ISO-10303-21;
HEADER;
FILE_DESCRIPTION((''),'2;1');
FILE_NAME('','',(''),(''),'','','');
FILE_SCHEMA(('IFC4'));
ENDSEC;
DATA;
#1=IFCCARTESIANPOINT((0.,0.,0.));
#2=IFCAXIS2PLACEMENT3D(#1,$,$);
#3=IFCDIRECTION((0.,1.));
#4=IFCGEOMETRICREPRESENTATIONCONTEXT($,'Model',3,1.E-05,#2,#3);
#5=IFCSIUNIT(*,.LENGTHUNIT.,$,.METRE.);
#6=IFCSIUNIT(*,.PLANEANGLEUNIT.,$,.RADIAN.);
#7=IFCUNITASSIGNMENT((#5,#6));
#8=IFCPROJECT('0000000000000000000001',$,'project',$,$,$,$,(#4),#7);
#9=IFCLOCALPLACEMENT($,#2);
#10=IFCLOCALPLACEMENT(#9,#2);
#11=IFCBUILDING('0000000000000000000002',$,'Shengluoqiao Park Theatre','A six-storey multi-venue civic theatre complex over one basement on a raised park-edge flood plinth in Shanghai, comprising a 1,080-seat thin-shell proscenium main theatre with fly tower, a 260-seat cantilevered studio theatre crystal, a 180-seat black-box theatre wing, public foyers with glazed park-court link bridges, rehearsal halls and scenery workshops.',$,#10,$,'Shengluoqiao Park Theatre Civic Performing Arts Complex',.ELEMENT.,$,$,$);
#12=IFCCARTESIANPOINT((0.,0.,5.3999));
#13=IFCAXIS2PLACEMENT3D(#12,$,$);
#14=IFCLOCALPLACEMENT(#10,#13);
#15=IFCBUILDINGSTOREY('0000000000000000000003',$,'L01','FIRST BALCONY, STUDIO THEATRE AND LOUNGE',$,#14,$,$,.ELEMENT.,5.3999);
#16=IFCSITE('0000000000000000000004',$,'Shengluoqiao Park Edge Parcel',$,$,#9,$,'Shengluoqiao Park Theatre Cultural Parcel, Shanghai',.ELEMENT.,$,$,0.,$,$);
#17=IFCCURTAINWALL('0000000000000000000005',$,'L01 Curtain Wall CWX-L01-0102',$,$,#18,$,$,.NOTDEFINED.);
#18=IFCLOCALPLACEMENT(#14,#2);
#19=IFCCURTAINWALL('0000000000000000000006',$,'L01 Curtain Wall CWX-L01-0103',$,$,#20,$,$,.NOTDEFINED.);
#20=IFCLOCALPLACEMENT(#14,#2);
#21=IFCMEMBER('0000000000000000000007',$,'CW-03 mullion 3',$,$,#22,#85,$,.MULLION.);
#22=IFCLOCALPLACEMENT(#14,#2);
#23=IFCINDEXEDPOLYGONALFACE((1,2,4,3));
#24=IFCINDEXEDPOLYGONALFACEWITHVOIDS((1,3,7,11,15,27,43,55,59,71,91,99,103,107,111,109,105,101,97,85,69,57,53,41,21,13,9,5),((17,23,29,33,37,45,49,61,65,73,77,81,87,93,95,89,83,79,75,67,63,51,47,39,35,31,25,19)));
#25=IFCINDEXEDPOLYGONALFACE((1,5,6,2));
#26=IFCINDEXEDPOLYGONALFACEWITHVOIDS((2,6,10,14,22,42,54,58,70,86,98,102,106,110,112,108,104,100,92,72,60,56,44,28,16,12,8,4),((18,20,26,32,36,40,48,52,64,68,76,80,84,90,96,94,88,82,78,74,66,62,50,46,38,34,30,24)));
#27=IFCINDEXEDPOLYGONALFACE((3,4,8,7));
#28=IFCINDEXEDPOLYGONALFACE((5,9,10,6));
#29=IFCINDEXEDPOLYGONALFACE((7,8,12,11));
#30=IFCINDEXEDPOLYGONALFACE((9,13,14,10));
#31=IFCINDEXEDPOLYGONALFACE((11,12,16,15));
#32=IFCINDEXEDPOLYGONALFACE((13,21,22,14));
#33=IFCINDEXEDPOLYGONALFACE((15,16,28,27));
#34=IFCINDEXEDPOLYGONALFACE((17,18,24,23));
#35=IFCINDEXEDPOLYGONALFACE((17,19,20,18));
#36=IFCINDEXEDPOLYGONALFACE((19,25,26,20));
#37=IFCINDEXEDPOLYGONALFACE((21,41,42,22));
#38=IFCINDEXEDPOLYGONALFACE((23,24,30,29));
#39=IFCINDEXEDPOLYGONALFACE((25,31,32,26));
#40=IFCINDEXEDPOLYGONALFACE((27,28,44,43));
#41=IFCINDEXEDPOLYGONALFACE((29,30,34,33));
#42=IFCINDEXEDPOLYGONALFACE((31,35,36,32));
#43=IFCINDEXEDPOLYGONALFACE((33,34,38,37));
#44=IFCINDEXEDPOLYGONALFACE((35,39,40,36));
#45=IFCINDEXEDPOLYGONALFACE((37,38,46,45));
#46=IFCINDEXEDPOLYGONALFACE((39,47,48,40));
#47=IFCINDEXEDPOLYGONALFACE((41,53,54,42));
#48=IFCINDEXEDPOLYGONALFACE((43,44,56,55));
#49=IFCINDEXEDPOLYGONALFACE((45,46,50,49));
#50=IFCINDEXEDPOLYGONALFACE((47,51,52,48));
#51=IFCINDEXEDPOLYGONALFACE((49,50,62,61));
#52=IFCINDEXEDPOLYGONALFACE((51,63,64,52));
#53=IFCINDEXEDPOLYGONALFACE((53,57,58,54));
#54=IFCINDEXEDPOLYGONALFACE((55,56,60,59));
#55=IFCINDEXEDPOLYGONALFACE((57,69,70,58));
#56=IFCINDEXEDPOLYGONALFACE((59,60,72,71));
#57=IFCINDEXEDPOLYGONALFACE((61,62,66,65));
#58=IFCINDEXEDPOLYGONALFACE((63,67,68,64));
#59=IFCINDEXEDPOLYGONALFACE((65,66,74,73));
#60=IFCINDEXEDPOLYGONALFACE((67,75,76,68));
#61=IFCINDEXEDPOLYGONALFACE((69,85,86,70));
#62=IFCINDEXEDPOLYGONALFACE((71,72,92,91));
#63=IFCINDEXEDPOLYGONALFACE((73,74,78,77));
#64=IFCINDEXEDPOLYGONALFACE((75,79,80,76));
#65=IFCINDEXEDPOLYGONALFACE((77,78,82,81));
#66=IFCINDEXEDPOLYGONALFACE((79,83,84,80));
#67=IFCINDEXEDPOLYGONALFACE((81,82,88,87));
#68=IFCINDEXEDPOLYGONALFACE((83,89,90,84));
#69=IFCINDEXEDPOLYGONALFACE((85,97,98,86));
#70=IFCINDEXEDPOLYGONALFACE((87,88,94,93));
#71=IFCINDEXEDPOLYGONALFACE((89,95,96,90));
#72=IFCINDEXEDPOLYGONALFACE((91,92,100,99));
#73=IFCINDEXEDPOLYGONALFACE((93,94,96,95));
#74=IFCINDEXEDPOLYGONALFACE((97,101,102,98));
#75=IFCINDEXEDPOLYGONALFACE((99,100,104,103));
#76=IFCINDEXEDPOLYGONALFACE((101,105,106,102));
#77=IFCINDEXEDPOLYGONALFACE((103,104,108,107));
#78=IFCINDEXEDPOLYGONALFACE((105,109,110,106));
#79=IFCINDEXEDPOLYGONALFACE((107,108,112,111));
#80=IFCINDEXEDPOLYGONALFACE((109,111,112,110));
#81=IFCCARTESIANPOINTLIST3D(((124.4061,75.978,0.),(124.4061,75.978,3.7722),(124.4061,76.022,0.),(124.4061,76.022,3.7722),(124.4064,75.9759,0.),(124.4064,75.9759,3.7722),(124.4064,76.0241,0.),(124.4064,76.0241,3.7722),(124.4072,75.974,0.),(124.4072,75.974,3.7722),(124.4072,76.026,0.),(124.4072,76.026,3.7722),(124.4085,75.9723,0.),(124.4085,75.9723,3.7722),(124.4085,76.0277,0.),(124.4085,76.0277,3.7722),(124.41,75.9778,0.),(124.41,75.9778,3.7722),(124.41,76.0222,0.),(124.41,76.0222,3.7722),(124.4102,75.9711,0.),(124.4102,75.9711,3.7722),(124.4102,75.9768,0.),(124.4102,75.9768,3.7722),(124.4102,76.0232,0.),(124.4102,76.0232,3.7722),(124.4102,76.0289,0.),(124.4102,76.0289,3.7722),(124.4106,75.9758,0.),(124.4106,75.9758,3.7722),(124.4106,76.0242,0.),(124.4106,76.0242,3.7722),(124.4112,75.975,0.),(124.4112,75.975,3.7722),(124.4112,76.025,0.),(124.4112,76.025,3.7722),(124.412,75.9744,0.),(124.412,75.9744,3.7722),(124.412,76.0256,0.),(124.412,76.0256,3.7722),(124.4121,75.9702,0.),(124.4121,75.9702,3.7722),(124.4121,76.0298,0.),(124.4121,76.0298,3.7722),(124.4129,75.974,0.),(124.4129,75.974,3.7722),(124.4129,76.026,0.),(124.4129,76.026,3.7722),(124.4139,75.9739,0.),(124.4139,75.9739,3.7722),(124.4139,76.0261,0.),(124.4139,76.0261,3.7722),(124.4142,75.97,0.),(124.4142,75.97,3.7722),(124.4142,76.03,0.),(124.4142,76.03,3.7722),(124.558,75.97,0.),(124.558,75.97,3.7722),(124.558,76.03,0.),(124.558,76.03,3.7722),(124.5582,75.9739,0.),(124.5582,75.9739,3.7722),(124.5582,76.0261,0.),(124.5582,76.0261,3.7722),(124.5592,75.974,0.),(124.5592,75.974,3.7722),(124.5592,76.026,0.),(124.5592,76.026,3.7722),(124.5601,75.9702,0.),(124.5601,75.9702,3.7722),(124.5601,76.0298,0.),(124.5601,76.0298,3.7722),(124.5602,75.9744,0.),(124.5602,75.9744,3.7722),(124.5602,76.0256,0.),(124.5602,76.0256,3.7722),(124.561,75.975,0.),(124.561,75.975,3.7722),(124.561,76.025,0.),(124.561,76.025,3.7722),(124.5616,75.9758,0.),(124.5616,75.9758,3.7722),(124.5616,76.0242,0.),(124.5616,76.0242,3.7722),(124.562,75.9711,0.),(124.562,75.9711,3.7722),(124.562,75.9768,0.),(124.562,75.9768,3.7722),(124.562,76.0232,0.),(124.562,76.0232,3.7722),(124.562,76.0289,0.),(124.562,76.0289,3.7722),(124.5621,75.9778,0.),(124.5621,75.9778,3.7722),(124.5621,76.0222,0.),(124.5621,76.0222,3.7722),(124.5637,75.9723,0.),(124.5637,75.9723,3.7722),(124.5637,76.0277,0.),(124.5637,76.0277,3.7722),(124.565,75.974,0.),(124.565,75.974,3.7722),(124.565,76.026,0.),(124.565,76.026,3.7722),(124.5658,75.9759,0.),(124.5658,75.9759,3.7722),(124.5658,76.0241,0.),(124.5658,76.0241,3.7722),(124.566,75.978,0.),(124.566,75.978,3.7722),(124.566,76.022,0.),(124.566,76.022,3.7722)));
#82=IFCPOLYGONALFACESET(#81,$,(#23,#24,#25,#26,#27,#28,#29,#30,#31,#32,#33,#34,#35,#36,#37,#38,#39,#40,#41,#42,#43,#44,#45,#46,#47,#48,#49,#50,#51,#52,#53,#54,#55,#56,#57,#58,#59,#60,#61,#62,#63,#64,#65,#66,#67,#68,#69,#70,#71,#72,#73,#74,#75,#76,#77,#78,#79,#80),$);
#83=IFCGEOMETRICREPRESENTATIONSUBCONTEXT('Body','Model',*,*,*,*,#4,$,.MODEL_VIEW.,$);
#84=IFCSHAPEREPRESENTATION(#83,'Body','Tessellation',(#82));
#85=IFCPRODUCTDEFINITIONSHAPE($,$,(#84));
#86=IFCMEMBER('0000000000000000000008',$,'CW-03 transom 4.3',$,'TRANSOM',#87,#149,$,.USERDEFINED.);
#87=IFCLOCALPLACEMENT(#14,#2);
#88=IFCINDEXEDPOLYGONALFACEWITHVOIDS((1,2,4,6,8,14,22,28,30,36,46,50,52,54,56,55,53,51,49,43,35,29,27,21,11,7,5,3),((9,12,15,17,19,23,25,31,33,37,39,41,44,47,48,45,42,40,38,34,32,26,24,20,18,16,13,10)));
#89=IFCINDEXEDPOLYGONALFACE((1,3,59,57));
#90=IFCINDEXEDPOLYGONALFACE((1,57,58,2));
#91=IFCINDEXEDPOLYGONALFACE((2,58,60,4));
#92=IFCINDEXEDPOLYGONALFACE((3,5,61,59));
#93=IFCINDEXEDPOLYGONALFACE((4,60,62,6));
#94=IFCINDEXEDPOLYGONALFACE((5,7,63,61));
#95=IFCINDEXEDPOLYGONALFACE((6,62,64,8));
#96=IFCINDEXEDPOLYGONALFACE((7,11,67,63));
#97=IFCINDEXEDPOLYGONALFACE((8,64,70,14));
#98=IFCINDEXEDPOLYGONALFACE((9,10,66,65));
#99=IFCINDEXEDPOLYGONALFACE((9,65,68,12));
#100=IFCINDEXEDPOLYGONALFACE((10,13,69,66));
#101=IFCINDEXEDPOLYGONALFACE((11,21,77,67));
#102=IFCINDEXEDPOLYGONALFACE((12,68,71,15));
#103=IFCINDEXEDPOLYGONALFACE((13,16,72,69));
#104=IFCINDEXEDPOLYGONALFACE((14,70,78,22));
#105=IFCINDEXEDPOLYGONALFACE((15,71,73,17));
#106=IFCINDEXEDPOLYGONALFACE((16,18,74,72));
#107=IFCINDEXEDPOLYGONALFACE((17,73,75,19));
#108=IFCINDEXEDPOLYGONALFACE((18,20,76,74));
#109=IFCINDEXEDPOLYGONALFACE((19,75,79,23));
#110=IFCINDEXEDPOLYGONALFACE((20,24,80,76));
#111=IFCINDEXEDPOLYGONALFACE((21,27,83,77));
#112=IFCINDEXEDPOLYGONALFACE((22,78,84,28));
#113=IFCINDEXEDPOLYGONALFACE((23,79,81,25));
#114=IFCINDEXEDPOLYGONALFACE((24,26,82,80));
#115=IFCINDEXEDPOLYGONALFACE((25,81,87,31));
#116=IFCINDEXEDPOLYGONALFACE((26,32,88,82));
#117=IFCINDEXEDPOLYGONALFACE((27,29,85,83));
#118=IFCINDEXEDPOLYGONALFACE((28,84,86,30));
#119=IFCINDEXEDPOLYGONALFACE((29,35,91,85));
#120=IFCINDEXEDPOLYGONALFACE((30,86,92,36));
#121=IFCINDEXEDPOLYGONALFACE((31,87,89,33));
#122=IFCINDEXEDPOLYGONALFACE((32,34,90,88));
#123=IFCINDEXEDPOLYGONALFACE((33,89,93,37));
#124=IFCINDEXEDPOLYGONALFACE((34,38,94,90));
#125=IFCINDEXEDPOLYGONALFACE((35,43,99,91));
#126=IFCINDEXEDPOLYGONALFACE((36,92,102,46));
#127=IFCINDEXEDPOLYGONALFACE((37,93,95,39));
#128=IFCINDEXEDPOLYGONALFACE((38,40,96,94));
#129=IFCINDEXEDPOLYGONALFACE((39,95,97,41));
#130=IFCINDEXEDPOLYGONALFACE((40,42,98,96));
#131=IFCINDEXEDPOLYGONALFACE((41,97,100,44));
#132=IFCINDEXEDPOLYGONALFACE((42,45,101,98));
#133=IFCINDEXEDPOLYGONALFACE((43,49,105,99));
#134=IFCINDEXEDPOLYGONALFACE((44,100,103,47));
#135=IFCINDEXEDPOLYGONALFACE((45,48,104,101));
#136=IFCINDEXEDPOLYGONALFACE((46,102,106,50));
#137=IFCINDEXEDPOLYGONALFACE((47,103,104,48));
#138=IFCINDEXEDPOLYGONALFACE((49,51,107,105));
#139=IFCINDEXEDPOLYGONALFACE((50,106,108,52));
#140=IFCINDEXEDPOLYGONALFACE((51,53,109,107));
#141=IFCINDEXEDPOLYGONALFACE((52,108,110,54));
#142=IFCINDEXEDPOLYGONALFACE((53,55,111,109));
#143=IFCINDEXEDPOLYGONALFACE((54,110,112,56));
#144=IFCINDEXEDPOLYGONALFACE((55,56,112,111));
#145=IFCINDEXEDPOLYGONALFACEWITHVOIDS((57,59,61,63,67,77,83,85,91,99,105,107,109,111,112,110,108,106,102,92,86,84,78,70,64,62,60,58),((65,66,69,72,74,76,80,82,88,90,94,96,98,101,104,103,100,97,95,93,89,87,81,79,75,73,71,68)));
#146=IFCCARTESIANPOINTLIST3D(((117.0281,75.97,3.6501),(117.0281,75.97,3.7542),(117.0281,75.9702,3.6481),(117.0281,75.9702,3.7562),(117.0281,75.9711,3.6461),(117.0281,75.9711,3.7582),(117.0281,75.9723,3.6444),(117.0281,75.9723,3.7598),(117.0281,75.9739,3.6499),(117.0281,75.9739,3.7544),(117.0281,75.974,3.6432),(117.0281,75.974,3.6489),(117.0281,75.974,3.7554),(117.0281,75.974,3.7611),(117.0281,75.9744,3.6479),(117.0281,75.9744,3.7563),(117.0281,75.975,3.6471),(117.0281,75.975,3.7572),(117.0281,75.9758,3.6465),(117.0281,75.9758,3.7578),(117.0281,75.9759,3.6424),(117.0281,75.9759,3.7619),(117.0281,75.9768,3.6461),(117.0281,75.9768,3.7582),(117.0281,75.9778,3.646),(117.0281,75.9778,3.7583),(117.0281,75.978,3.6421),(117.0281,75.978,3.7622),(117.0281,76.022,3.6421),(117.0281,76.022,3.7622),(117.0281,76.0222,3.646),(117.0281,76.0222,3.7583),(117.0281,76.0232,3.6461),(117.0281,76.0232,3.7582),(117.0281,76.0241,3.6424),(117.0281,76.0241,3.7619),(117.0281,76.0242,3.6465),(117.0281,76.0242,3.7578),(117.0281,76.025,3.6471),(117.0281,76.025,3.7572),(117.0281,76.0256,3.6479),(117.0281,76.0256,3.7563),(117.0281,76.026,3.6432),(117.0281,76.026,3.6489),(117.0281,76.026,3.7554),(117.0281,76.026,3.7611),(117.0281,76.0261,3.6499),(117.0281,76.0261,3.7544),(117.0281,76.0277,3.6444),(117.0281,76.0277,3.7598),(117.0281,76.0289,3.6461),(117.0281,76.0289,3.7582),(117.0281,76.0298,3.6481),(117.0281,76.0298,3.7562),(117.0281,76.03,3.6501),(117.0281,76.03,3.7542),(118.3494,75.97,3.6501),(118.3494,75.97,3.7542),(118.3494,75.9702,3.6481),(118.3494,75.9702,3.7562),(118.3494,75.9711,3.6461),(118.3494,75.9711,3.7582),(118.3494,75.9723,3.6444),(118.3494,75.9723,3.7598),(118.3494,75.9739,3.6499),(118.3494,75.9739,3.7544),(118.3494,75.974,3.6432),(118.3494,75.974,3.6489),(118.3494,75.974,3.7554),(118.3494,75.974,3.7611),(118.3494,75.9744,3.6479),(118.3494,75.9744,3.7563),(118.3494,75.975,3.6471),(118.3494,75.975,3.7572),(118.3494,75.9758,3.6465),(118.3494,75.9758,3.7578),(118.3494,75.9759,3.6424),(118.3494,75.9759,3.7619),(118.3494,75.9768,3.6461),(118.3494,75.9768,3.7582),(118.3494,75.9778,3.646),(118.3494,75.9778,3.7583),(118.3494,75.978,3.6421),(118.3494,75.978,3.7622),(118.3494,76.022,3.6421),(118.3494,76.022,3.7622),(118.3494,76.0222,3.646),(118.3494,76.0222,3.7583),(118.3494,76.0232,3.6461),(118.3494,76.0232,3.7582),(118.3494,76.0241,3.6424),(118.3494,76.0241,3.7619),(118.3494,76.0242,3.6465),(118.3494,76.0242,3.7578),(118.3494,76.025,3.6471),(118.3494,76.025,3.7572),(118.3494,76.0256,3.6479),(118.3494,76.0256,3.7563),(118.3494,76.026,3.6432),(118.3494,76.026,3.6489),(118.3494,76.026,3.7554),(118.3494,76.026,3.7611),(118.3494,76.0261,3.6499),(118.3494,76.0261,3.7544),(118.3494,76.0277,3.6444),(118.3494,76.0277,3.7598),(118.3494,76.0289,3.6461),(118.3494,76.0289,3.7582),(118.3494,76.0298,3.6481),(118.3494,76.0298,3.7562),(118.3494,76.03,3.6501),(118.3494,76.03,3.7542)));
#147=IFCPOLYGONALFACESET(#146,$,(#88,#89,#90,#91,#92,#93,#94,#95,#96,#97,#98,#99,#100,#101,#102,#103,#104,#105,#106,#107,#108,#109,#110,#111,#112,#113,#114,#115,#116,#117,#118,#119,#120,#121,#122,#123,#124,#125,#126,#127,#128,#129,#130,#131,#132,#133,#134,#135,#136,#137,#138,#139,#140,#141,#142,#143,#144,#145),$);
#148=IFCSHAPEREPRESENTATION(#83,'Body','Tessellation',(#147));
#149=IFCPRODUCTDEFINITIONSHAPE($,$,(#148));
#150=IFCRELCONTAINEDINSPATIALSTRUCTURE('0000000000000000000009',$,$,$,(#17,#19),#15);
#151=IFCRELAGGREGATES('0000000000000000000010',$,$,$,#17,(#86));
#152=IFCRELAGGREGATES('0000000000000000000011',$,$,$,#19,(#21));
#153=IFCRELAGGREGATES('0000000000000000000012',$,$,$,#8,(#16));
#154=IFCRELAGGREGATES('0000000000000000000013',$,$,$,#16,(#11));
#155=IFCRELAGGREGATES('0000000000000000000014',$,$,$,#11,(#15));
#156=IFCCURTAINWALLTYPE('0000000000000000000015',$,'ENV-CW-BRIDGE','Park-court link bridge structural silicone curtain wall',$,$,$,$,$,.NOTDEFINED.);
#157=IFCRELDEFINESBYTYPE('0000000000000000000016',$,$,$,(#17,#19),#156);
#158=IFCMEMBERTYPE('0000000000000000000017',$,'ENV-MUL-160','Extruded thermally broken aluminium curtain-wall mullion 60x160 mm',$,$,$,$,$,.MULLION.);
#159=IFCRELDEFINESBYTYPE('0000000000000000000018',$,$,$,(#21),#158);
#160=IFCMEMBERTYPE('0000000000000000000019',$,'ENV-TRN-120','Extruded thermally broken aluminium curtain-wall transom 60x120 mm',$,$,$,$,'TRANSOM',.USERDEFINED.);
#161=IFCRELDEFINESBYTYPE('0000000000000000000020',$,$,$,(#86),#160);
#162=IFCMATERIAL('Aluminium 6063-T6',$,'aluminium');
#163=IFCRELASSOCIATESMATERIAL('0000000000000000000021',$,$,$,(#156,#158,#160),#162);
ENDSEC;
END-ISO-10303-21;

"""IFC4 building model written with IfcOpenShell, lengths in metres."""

from ifc_helpers import new_model, si_unit, direction, frame, origin, origin_2d, place, context, subcontext, project, spatial, hollow_rectangle, extrude, material, material_profile, profile_set, type_object, element, aggregate, save


model = new_model("IFC4")

# Units and contexts
model_context = context("Model", 3, precision=1e-05, world=origin(), true_north=direction((0.0, 1.0)))
body_context = subcontext(model_context, "Body", "Model", "MODEL_VIEW")
ifc_project = project(units=[si_unit("LENGTHUNIT", "METRE"), si_unit("PLANEANGLEUNIT", "RADIAN")], contexts=[model_context])

# Site, building, storey
site_placement = place(None, origin())
site = spatial("IfcSite", under=ifc_project, at=site_placement, Name="Shengluoqiao Park Edge Parcel", LongName="Shengluoqiao Park Theatre Cultural Parcel, Shanghai", CompositionType="ELEMENT", RefElevation=0.0)
building_placement = place(site_placement, origin())
building = spatial("IfcBuilding", under=site, at=building_placement, Name="Shengluoqiao Park Theatre", Description="A six-storey multi-venue civic theatre complex over one basement on a raised park-edge flood plinth in Shanghai, comprising a 1,080-seat thin-shell proscenium main theatre with fly tower, a 260-seat cantilevered studio theatre crystal, a 180-seat black-box theatre wing, public foyers with glazed park-court link bridges, rehearsal halls and scenery workshops.", LongName="Shengluoqiao Park Theatre Civic Performing Arts Complex", CompositionType="ELEMENT")
storey_placement = place(building_placement, frame((0.0, 0.0, 5.3999)))
storey = spatial("IfcBuildingStorey", under=building, at=storey_placement, Name="L01", Description="FIRST BALCONY, STUDIO THEATRE AND LOUNGE", CompositionType="ELEMENT", Elevation=5.3999)

# Curtain walls, member
ifc_material_1 = material(Name="Aluminium 6063-T6", Category="aluminium")
curtain_wall_type = type_object("IfcCurtainWallType", Name="ENV-CW-BRIDGE", Description="Park-court link bridge structural silicone curtain wall", PredefinedType="NOTDEFINED", material=ifc_material_1)
curtain_wall_1_placement = place(storey_placement, origin())
curtain_wall_1 = element("IfcCurtainWall", 1, at=curtain_wall_1_placement, inside=storey, type_object=curtain_wall_type, Name="L01 Curtain Wall CWX-L01-0102", PredefinedType="NOTDEFINED")
ifc_material_profile_1 = material_profile(ifc_material_1, hollow_rectangle(XDim=0.0601, YDim=0.1599, WallThickness=0.0039, InnerFilletRadius=0.0039, OuterFilletRadius=0.0081, at=origin_2d()), Name="ALU MULLION 160x60x4")
ifc_profile_set_1 = profile_set([ifc_material_profile_1], Name="Aluminium 6063-T6")
member_type_1 = type_object("IfcMemberType", Name="ENV-MUL-160", Description="Extruded thermally broken aluminium curtain-wall mullion 60x160 mm", PredefinedType="MULLION", material=ifc_profile_set_1)
curtain_wall_2_placement = place(storey_placement, origin())
curtain_wall_2 = element("IfcCurtainWall", 2, at=curtain_wall_2_placement, inside=storey, type_object=curtain_wall_type, Name="L01 Curtain Wall CWX-L01-0103", PredefinedType="NOTDEFINED")
member_1_placement = place(storey_placement, frame((124.4861, 76.0, 0.0), z_axis=(0.0, 0.0, 1.0), x_axis=(0.0, 1.0, 0.0)))
member_1 = element("IfcMember", 3, at=member_1_placement, type_object=member_type_1, Name="CW-03 mullion 3", PredefinedType="MULLION", context=body_context, shape_type="SweptSolid", body=[
    extrude(hollow_rectangle(XDim=0.0601, YDim=0.1599, WallThickness=0.0039, InnerFilletRadius=0.0039, OuterFilletRadius=0.0081, at=origin_2d()), origin(), (0.0, 0.0, 1.0), 3.7722),
])

# Member
ifc_material_profile_2 = material_profile(ifc_material_1, hollow_rectangle(XDim=0.0601, YDim=0.1201, WallThickness=0.0039, InnerFilletRadius=0.0039, OuterFilletRadius=0.0081, at=origin_2d()), Name="ALU TRANSOM 120x60x4")
ifc_profile_set_2 = profile_set([ifc_material_profile_2], Name="Aluminium 6063-T6")
member_type_2 = type_object("IfcMemberType", Name="ENV-TRN-120", Description="Extruded thermally broken aluminium curtain-wall transom 60x120 mm", ElementType="TRANSOM", PredefinedType="USERDEFINED", material=ifc_profile_set_2)
member_2_placement = place(storey_placement, frame((117.0281, 76.0, 3.7021), z_axis=(1.0, 0.0, 0.0), x_axis=(0.0, 1.0, 0.0)))
member_2 = element("IfcMember", 4, at=member_2_placement, type_object=member_type_2, Name="CW-03 transom 4.3", ObjectType="TRANSOM", PredefinedType="USERDEFINED", context=body_context, shape_type="SweptSolid", body=[
    extrude(hollow_rectangle(XDim=0.0601, YDim=0.1201, WallThickness=0.0039, InnerFilletRadius=0.0039, OuterFilletRadius=0.0081, at=origin_2d()), origin(), (0.0, 0.0, 1.0), 1.3213),
])

aggregate(curtain_wall_1, [member_2])
aggregate(curtain_wall_2, [member_1])

save(model, "model.ifc")
